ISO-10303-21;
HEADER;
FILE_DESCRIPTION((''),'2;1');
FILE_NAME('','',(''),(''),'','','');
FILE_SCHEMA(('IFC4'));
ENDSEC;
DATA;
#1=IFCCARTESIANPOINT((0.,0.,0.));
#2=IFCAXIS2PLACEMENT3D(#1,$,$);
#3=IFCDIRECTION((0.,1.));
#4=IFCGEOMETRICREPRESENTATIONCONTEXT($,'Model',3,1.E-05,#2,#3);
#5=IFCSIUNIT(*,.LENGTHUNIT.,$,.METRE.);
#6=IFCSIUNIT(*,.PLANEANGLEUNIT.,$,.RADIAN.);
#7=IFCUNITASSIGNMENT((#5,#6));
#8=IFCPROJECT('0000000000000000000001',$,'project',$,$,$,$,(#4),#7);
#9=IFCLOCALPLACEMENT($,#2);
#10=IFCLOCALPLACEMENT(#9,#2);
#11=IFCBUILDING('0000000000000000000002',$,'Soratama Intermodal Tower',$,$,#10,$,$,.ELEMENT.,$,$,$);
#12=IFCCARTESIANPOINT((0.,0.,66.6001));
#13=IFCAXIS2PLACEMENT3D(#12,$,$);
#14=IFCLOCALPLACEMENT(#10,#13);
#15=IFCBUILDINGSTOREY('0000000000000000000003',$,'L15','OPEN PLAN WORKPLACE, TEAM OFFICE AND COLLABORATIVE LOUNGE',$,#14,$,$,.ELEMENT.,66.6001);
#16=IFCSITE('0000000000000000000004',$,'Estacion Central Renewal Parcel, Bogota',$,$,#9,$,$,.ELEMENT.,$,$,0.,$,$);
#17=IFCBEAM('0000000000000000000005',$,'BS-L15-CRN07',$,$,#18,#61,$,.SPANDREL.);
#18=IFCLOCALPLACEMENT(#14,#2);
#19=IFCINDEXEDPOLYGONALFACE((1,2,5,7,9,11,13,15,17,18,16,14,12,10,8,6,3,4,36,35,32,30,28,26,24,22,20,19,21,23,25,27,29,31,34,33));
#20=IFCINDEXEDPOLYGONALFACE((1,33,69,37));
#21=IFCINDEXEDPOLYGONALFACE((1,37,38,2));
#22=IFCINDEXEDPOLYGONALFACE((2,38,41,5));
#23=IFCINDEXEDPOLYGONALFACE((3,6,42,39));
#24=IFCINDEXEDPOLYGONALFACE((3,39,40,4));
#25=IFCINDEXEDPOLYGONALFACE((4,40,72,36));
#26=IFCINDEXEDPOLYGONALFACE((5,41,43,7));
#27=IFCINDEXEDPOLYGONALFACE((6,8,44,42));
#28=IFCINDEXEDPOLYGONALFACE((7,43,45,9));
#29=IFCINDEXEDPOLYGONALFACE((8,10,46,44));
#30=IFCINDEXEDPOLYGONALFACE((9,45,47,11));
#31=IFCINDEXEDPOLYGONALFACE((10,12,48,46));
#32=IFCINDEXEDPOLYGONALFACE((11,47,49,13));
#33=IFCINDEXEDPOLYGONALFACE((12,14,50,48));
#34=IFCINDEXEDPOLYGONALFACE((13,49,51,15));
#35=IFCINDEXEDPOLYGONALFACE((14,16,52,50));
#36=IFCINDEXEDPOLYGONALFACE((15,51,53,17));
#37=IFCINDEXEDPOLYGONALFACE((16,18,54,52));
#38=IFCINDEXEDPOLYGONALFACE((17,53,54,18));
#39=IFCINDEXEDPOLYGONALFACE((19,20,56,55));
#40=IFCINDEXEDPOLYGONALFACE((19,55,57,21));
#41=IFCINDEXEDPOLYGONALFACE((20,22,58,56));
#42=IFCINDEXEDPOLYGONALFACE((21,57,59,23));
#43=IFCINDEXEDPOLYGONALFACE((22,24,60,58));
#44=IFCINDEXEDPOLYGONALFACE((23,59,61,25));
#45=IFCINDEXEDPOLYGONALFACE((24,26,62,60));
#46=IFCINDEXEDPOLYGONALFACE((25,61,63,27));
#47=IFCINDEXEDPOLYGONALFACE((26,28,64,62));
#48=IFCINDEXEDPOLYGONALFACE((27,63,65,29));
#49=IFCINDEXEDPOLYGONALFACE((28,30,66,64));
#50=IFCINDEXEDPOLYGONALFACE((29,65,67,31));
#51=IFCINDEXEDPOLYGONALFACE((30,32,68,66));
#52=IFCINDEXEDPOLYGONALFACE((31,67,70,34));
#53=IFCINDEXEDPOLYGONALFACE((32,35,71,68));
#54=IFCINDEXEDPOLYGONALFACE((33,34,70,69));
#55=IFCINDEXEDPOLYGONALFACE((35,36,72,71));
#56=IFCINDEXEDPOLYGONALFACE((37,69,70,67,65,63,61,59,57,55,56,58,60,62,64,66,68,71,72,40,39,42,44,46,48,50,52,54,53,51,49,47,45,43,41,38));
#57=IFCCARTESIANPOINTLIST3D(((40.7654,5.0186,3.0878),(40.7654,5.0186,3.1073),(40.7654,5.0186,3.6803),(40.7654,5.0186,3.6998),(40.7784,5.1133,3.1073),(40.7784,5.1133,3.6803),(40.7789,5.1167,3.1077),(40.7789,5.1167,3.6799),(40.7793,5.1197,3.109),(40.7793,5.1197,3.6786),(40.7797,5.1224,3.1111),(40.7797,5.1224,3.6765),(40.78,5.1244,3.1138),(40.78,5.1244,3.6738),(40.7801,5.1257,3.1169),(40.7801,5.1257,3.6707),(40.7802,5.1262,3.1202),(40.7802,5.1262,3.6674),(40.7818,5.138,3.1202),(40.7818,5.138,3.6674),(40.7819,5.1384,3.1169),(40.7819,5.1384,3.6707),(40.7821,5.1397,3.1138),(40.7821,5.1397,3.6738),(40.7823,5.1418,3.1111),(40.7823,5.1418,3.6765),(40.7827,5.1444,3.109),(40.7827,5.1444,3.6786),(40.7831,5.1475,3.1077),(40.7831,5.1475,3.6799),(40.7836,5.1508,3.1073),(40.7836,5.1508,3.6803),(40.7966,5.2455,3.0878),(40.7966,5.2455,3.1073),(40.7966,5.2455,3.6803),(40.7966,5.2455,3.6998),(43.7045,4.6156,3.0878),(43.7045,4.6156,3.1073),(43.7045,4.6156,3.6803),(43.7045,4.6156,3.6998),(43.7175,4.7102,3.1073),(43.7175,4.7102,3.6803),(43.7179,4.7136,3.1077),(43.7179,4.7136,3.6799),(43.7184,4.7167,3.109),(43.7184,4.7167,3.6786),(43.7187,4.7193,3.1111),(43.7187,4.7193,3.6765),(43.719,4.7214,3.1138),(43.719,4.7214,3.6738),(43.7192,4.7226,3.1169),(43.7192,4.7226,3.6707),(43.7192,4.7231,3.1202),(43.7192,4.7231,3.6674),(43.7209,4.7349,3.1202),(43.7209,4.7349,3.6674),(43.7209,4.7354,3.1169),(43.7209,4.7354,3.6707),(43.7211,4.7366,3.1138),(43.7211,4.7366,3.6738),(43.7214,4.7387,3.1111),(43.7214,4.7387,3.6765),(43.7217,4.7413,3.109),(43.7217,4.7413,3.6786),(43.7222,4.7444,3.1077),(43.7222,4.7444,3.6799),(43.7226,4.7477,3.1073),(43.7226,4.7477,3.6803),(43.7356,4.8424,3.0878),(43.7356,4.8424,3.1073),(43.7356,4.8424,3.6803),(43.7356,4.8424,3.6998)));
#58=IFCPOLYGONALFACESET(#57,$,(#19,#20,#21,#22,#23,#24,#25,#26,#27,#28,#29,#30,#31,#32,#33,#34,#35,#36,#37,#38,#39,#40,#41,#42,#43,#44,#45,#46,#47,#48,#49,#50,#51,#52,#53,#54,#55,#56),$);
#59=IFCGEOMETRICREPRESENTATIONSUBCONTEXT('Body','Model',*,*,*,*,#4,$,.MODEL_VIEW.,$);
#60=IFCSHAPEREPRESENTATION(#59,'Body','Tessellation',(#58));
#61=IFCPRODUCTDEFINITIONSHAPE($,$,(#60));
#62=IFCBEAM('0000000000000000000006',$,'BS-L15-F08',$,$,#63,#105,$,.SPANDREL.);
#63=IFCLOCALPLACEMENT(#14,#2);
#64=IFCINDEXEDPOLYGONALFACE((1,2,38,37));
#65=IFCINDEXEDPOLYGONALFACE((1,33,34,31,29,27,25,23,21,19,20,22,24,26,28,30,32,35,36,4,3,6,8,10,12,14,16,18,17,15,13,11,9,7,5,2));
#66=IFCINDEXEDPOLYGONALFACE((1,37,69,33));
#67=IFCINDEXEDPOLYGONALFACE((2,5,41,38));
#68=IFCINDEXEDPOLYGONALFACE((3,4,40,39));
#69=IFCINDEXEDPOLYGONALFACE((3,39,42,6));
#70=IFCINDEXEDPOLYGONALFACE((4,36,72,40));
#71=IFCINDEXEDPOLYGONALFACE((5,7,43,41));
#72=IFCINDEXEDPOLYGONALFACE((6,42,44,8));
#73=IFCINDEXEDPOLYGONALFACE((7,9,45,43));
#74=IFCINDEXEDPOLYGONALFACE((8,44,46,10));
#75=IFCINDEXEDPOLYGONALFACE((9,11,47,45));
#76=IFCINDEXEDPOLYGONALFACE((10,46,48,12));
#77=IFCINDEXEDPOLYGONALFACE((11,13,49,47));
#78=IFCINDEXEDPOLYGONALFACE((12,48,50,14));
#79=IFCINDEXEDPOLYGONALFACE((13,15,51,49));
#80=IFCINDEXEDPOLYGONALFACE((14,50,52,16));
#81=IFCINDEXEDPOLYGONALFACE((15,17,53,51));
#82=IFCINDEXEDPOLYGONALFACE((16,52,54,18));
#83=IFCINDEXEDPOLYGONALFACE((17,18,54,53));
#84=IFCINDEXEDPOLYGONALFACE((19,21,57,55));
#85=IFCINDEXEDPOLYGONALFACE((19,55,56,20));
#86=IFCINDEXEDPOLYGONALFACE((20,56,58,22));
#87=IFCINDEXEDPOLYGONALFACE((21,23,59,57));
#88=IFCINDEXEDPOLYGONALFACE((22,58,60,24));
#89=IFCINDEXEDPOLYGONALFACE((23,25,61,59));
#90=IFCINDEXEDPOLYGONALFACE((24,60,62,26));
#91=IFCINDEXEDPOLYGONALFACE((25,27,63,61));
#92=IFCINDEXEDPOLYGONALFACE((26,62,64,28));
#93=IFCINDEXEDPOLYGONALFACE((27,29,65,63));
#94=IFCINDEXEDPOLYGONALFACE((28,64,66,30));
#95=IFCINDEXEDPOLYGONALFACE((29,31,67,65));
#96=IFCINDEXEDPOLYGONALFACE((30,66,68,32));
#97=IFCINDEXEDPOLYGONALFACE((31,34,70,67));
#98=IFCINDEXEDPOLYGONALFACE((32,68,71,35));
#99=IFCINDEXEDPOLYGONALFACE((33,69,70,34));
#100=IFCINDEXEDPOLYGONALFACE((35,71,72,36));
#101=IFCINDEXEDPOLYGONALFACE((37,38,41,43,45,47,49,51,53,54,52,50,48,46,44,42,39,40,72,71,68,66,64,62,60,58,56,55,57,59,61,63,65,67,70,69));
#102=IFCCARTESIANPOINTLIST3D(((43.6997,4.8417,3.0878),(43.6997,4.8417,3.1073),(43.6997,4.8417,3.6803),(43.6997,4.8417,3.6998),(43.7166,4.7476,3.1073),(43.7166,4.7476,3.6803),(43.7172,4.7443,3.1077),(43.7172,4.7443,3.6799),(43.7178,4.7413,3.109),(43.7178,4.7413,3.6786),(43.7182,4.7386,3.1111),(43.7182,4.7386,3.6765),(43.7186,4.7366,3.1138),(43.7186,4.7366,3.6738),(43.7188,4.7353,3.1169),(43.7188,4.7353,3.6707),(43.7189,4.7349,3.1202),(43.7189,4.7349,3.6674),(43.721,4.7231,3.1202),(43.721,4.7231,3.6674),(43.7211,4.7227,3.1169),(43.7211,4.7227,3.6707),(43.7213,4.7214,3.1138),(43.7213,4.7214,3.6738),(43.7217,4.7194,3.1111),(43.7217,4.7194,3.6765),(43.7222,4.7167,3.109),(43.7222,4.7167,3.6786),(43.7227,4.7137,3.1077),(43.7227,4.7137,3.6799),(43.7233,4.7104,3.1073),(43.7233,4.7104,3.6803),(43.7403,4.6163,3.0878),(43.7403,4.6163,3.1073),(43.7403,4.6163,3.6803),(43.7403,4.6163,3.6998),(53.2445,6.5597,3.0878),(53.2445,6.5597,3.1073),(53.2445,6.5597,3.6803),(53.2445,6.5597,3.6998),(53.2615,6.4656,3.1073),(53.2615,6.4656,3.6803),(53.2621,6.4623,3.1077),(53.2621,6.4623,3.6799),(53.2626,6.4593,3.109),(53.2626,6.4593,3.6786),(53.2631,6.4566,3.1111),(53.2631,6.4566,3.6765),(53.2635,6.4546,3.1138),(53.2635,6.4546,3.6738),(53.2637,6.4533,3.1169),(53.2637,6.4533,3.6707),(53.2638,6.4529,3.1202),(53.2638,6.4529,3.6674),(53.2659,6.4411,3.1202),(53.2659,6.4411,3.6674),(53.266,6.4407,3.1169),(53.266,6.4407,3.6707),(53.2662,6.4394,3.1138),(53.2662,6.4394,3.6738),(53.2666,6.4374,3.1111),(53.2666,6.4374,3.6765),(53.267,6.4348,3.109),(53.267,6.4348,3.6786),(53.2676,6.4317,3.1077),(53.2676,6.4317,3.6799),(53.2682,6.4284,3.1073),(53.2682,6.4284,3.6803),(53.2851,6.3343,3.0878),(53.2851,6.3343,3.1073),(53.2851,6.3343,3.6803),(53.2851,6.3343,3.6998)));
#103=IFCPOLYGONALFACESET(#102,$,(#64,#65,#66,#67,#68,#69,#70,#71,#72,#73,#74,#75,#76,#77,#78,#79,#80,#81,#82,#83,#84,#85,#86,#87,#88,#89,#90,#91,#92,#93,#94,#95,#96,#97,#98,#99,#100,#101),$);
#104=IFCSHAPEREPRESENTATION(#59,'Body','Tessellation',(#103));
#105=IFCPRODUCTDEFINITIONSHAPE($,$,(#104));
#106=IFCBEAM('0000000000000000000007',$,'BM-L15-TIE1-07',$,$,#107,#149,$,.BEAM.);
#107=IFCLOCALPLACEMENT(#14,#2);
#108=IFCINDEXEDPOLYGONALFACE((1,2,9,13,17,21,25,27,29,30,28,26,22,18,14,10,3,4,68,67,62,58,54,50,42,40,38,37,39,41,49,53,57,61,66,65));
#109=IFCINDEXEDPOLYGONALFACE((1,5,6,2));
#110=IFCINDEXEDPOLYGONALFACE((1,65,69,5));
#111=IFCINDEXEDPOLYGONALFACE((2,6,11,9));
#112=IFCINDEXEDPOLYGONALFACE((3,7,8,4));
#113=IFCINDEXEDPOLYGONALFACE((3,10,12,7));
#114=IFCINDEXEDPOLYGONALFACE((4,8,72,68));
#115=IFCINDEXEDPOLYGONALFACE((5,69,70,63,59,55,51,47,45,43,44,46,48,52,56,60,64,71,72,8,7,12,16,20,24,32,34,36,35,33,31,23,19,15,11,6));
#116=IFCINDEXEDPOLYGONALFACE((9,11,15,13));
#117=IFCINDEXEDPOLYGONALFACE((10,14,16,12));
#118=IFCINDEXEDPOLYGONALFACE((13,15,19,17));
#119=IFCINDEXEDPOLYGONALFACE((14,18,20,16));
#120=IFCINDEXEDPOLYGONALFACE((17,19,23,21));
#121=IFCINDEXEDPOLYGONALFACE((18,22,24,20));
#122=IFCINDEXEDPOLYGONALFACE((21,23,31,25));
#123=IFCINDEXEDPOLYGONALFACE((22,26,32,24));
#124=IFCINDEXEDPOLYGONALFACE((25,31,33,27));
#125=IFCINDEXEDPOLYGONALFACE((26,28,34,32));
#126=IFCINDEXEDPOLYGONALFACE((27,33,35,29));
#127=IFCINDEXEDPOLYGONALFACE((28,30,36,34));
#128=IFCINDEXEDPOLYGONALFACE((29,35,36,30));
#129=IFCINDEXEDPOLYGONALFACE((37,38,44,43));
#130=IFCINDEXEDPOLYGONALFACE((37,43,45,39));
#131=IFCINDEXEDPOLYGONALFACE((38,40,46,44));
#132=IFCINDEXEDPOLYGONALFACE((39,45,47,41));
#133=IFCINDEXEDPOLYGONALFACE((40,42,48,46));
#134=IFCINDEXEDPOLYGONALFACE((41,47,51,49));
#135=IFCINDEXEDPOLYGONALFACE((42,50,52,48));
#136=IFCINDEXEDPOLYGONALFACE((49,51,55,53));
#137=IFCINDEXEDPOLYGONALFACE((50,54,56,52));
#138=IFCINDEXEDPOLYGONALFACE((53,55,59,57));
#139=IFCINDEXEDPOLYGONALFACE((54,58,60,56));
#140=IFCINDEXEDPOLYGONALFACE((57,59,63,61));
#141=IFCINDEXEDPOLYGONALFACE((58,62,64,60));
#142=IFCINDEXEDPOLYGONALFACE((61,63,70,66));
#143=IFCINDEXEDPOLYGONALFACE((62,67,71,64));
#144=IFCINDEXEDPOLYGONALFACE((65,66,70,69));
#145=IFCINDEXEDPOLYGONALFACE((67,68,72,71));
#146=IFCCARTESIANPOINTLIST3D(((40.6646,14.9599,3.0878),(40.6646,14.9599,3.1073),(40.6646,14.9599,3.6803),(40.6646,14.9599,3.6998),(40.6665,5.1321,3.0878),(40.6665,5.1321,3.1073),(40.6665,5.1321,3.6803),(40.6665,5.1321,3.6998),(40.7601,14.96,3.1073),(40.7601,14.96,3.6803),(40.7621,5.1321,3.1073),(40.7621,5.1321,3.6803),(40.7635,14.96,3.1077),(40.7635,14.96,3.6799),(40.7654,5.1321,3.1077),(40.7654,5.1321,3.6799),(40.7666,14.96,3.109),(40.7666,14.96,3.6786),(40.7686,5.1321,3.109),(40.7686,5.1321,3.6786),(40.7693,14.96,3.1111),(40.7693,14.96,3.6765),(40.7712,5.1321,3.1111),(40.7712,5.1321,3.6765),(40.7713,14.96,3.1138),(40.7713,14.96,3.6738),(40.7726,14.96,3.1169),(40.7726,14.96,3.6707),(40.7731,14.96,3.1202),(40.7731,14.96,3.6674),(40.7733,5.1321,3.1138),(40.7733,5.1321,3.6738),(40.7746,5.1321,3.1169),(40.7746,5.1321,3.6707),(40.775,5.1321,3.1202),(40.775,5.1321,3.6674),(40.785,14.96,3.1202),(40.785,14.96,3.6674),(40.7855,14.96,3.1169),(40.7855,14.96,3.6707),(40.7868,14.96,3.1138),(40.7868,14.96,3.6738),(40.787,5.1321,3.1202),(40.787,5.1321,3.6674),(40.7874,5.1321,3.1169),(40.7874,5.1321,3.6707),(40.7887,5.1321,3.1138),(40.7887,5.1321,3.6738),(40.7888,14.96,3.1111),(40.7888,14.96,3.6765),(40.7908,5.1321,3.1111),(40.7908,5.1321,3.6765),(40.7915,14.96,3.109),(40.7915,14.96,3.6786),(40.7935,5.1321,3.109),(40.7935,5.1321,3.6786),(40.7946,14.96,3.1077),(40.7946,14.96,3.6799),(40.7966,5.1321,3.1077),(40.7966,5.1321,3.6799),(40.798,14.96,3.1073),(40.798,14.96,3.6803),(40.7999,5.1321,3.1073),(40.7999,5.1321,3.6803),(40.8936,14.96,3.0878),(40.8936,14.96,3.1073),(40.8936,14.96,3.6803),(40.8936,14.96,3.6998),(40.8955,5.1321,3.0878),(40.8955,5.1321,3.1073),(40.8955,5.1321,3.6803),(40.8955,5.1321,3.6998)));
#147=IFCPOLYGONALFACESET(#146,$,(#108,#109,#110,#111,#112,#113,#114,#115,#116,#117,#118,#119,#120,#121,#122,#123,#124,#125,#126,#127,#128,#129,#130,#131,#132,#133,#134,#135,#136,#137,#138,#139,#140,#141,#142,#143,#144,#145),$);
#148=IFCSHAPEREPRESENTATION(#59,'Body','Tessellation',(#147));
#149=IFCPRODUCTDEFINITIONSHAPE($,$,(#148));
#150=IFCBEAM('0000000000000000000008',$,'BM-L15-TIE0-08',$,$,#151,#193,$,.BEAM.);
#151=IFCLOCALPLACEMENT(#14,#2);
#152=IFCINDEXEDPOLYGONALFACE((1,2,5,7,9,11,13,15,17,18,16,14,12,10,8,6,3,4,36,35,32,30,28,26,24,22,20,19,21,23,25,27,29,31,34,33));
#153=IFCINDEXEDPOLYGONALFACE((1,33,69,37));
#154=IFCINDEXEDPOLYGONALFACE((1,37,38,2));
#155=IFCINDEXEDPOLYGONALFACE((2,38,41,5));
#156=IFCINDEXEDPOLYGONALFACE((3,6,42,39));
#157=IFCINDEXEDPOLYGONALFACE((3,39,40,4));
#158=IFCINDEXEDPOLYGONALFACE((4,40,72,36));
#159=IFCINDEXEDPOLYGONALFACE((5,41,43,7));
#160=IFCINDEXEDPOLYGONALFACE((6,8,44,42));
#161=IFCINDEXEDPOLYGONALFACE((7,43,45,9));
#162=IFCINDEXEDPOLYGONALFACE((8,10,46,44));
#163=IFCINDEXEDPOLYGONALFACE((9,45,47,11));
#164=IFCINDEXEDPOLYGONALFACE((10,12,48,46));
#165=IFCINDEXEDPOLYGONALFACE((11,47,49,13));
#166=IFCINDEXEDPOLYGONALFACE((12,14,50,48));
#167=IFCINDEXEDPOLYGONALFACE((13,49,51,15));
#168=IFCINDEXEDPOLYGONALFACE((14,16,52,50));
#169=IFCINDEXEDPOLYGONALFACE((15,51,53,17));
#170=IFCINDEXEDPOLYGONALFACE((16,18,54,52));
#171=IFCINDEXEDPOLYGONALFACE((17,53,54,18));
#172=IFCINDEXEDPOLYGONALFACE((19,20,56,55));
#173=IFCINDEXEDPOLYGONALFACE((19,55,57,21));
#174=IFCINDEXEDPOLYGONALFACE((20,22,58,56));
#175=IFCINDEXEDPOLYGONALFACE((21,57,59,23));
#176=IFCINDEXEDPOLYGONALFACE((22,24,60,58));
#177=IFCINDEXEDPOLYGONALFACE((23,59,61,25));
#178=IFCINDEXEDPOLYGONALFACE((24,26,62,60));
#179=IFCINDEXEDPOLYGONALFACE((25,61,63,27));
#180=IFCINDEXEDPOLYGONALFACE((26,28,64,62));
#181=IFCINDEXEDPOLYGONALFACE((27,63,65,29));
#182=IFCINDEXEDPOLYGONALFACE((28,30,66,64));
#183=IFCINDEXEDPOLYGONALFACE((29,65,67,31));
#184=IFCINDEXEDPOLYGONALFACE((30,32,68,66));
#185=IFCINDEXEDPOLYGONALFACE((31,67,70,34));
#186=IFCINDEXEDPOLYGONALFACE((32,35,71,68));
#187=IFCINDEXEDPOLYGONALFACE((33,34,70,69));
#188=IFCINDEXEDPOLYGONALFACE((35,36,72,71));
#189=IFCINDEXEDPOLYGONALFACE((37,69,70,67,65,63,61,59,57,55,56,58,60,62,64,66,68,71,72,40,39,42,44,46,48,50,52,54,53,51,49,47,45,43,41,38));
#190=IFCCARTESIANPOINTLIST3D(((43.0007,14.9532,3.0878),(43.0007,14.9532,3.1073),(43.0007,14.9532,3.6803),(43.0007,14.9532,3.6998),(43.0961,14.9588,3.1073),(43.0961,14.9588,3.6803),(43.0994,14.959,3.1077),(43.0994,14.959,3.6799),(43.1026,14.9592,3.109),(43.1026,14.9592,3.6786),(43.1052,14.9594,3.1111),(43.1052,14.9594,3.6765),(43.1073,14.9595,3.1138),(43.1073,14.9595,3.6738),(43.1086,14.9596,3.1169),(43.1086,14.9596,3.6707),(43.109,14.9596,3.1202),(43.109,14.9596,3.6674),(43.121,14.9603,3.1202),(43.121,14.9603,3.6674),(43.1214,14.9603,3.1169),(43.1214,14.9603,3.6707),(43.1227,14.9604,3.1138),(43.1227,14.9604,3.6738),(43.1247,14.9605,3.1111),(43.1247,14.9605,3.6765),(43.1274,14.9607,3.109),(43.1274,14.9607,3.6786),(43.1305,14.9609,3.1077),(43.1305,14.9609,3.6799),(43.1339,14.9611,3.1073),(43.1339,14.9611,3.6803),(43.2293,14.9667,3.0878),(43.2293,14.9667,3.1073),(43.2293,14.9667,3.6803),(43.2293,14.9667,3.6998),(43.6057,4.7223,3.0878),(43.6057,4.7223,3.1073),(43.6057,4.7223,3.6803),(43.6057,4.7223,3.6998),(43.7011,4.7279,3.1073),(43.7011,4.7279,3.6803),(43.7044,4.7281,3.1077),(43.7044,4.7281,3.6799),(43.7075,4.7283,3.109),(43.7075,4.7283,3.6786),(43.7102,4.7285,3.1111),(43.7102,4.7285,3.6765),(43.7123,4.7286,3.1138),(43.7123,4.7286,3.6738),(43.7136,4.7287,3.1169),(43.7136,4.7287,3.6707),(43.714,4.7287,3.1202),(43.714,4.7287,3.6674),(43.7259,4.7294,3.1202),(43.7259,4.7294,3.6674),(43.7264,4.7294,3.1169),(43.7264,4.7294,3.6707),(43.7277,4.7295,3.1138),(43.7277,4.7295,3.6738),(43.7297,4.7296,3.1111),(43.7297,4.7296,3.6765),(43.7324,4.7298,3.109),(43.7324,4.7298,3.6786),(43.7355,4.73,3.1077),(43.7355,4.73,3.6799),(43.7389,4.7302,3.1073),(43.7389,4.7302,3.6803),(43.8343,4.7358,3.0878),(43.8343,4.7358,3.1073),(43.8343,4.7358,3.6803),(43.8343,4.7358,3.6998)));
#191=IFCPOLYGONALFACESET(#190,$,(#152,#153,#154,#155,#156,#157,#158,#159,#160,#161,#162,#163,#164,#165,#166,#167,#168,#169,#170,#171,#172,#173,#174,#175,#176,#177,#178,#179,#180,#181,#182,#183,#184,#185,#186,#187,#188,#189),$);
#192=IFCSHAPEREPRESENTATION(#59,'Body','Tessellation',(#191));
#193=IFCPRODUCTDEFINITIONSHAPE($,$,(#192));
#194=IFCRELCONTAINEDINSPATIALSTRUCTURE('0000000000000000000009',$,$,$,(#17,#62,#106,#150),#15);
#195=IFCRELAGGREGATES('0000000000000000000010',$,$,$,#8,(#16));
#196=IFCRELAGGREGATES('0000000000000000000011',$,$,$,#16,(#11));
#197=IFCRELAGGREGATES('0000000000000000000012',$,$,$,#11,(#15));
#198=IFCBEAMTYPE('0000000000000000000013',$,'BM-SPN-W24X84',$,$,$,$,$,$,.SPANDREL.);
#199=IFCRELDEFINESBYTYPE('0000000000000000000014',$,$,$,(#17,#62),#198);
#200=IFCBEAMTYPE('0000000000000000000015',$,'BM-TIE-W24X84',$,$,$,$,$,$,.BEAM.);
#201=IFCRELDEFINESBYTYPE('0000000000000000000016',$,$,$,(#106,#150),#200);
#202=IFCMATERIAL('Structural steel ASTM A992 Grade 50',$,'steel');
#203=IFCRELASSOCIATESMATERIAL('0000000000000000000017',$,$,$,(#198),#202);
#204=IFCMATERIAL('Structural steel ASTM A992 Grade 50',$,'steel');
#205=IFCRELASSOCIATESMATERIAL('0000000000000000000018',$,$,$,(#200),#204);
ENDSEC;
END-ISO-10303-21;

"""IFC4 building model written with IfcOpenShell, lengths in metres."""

from ifc_helpers import new_model, si_unit, direction, frame, origin, origin_2d, place, context, subcontext, project, spatial, i_section, extrude, material, material_profile, profile_set, type_object, element, save


model = new_model("IFC4")

# Units and contexts
model_context = context("Model", 3, precision=1e-05, world=origin(), true_north=direction((0.0, 1.0)))
body_context = subcontext(model_context, "Body", "Model", "MODEL_VIEW")
ifc_project = project(units=[si_unit("LENGTHUNIT", "METRE"), si_unit("PLANEANGLEUNIT", "RADIAN")], contexts=[model_context])

# Site, building, storey
site_placement = place(None, origin())
site = spatial("IfcSite", under=ifc_project, at=site_placement, Name="Estacion Central Renewal Parcel, Bogota", CompositionType="ELEMENT", RefElevation=0.0)
building_placement = place(site_placement, origin())
building = spatial("IfcBuilding", under=site, at=building_placement, Name="Soratama Intermodal Tower", CompositionType="ELEMENT")
storey_placement = place(building_placement, frame((0.0, 0.0, 66.6001)))
storey = spatial("IfcBuildingStorey", under=building, at=storey_placement, Name="L15", Description="OPEN PLAN WORKPLACE, TEAM OFFICE AND COLLABORATIVE LOUNGE", CompositionType="ELEMENT", Elevation=66.6001)

# Beams
ifc_material_1 = material(Name="Structural steel ASTM A992 Grade 50", Category="steel")
ifc_material_profile_1 = material_profile(ifc_material_1, i_section(OverallWidth=0.229, OverallDepth=0.6121, WebThickness=0.012, FlangeThickness=0.0195, FilletRadius=0.0129, at=origin_2d()), Name="W24X84")
ifc_profile_set_1 = profile_set([ifc_material_profile_1], Name="Structural steel ASTM A992 Grade 50")
beam_type_1 = type_object("IfcBeamType", Name="BM-SPN-W24X84", PredefinedType="SPANDREL", material=ifc_profile_set_1)
beam_1_placement = place(storey_placement, frame((40.781, 5.1321, 3.3938), z_axis=(0.990726, -0.135877, 0.0), x_axis=(0.135877, 0.990726, 0.0)))
element("IfcBeam", 1, at=beam_1_placement, inside=storey, type_object=beam_type_1, Name="BS-L15-CRN07", PredefinedType="SPANDREL", context=body_context, shape_type="SweptSolid", body=[
    extrude(i_section(OverallWidth=0.229, OverallDepth=0.6121, WebThickness=0.012, FlangeThickness=0.0195, FilletRadius=0.0129, at=origin_2d()), origin(), (0.0, 0.0, 1.0), 2.9666),
])
beam_2_placement = place(storey_placement, frame((43.72, 4.729, 3.3938), z_axis=(0.984185, 0.177146, 0.0), x_axis=(-0.177146, 0.984185, 0.0)))
element("IfcBeam", 2, at=beam_2_placement, inside=storey, type_object=beam_type_1, Name="BS-L15-F08", PredefinedType="SPANDREL", context=body_context, shape_type="SweptSolid", body=[
    extrude(i_section(OverallWidth=0.229, OverallDepth=0.6121, WebThickness=0.012, FlangeThickness=0.0195, FilletRadius=0.0129, at=origin_2d()), origin(), (0.0, 0.0, 1.0), 9.6982),
])
ifc_material_2 = material(Name="Structural steel ASTM A992 Grade 50", Category="steel")
ifc_material_profile_2 = material_profile(ifc_material_2, i_section(OverallWidth=0.229, OverallDepth=0.6121, WebThickness=0.012, FlangeThickness=0.0195, FilletRadius=0.0129, at=origin_2d()), Name="W24X84")
ifc_profile_set_2 = profile_set([ifc_material_profile_2], Name="Structural steel ASTM A992 Grade 50")
beam_type_2 = type_object("IfcBeamType", Name="BM-TIE-W24X84", PredefinedType="BEAM", material=ifc_profile_set_2)
beam_3_placement = place(storey_placement, frame((40.7791, 14.96, 3.3938), z_axis=(0.000199, -1.0, 0.0), x_axis=(1.0, 0.000199, 0.0)))
element("IfcBeam", 3, at=beam_3_placement, inside=storey, type_object=beam_type_2, Name="BM-L15-TIE1-07", PredefinedType="BEAM", context=body_context, shape_type="SweptSolid", body=[
    extrude(i_section(OverallWidth=0.229, OverallDepth=0.6121, WebThickness=0.012, FlangeThickness=0.0195, FilletRadius=0.0129, at=origin_2d()), origin(), (0.0, 0.0, 1.0), 9.8279),
])
beam_4_placement = place(storey_placement, frame((43.115, 14.96, 3.3938), z_axis=(0.059029, -0.998256, 0.0), x_axis=(0.998256, 0.059029, 0.0)))
element("IfcBeam", 4, at=beam_4_placement, inside=storey, type_object=beam_type_2, Name="BM-L15-TIE0-08", PredefinedType="BEAM", context=body_context, shape_type="SweptSolid", body=[
    extrude(i_section(OverallWidth=0.229, OverallDepth=0.6121, WebThickness=0.012, FlangeThickness=0.0195, FilletRadius=0.0129, at=origin_2d()), origin(), (0.0, 0.0, 1.0), 10.2488),
])

save(model, "model.ifc")
